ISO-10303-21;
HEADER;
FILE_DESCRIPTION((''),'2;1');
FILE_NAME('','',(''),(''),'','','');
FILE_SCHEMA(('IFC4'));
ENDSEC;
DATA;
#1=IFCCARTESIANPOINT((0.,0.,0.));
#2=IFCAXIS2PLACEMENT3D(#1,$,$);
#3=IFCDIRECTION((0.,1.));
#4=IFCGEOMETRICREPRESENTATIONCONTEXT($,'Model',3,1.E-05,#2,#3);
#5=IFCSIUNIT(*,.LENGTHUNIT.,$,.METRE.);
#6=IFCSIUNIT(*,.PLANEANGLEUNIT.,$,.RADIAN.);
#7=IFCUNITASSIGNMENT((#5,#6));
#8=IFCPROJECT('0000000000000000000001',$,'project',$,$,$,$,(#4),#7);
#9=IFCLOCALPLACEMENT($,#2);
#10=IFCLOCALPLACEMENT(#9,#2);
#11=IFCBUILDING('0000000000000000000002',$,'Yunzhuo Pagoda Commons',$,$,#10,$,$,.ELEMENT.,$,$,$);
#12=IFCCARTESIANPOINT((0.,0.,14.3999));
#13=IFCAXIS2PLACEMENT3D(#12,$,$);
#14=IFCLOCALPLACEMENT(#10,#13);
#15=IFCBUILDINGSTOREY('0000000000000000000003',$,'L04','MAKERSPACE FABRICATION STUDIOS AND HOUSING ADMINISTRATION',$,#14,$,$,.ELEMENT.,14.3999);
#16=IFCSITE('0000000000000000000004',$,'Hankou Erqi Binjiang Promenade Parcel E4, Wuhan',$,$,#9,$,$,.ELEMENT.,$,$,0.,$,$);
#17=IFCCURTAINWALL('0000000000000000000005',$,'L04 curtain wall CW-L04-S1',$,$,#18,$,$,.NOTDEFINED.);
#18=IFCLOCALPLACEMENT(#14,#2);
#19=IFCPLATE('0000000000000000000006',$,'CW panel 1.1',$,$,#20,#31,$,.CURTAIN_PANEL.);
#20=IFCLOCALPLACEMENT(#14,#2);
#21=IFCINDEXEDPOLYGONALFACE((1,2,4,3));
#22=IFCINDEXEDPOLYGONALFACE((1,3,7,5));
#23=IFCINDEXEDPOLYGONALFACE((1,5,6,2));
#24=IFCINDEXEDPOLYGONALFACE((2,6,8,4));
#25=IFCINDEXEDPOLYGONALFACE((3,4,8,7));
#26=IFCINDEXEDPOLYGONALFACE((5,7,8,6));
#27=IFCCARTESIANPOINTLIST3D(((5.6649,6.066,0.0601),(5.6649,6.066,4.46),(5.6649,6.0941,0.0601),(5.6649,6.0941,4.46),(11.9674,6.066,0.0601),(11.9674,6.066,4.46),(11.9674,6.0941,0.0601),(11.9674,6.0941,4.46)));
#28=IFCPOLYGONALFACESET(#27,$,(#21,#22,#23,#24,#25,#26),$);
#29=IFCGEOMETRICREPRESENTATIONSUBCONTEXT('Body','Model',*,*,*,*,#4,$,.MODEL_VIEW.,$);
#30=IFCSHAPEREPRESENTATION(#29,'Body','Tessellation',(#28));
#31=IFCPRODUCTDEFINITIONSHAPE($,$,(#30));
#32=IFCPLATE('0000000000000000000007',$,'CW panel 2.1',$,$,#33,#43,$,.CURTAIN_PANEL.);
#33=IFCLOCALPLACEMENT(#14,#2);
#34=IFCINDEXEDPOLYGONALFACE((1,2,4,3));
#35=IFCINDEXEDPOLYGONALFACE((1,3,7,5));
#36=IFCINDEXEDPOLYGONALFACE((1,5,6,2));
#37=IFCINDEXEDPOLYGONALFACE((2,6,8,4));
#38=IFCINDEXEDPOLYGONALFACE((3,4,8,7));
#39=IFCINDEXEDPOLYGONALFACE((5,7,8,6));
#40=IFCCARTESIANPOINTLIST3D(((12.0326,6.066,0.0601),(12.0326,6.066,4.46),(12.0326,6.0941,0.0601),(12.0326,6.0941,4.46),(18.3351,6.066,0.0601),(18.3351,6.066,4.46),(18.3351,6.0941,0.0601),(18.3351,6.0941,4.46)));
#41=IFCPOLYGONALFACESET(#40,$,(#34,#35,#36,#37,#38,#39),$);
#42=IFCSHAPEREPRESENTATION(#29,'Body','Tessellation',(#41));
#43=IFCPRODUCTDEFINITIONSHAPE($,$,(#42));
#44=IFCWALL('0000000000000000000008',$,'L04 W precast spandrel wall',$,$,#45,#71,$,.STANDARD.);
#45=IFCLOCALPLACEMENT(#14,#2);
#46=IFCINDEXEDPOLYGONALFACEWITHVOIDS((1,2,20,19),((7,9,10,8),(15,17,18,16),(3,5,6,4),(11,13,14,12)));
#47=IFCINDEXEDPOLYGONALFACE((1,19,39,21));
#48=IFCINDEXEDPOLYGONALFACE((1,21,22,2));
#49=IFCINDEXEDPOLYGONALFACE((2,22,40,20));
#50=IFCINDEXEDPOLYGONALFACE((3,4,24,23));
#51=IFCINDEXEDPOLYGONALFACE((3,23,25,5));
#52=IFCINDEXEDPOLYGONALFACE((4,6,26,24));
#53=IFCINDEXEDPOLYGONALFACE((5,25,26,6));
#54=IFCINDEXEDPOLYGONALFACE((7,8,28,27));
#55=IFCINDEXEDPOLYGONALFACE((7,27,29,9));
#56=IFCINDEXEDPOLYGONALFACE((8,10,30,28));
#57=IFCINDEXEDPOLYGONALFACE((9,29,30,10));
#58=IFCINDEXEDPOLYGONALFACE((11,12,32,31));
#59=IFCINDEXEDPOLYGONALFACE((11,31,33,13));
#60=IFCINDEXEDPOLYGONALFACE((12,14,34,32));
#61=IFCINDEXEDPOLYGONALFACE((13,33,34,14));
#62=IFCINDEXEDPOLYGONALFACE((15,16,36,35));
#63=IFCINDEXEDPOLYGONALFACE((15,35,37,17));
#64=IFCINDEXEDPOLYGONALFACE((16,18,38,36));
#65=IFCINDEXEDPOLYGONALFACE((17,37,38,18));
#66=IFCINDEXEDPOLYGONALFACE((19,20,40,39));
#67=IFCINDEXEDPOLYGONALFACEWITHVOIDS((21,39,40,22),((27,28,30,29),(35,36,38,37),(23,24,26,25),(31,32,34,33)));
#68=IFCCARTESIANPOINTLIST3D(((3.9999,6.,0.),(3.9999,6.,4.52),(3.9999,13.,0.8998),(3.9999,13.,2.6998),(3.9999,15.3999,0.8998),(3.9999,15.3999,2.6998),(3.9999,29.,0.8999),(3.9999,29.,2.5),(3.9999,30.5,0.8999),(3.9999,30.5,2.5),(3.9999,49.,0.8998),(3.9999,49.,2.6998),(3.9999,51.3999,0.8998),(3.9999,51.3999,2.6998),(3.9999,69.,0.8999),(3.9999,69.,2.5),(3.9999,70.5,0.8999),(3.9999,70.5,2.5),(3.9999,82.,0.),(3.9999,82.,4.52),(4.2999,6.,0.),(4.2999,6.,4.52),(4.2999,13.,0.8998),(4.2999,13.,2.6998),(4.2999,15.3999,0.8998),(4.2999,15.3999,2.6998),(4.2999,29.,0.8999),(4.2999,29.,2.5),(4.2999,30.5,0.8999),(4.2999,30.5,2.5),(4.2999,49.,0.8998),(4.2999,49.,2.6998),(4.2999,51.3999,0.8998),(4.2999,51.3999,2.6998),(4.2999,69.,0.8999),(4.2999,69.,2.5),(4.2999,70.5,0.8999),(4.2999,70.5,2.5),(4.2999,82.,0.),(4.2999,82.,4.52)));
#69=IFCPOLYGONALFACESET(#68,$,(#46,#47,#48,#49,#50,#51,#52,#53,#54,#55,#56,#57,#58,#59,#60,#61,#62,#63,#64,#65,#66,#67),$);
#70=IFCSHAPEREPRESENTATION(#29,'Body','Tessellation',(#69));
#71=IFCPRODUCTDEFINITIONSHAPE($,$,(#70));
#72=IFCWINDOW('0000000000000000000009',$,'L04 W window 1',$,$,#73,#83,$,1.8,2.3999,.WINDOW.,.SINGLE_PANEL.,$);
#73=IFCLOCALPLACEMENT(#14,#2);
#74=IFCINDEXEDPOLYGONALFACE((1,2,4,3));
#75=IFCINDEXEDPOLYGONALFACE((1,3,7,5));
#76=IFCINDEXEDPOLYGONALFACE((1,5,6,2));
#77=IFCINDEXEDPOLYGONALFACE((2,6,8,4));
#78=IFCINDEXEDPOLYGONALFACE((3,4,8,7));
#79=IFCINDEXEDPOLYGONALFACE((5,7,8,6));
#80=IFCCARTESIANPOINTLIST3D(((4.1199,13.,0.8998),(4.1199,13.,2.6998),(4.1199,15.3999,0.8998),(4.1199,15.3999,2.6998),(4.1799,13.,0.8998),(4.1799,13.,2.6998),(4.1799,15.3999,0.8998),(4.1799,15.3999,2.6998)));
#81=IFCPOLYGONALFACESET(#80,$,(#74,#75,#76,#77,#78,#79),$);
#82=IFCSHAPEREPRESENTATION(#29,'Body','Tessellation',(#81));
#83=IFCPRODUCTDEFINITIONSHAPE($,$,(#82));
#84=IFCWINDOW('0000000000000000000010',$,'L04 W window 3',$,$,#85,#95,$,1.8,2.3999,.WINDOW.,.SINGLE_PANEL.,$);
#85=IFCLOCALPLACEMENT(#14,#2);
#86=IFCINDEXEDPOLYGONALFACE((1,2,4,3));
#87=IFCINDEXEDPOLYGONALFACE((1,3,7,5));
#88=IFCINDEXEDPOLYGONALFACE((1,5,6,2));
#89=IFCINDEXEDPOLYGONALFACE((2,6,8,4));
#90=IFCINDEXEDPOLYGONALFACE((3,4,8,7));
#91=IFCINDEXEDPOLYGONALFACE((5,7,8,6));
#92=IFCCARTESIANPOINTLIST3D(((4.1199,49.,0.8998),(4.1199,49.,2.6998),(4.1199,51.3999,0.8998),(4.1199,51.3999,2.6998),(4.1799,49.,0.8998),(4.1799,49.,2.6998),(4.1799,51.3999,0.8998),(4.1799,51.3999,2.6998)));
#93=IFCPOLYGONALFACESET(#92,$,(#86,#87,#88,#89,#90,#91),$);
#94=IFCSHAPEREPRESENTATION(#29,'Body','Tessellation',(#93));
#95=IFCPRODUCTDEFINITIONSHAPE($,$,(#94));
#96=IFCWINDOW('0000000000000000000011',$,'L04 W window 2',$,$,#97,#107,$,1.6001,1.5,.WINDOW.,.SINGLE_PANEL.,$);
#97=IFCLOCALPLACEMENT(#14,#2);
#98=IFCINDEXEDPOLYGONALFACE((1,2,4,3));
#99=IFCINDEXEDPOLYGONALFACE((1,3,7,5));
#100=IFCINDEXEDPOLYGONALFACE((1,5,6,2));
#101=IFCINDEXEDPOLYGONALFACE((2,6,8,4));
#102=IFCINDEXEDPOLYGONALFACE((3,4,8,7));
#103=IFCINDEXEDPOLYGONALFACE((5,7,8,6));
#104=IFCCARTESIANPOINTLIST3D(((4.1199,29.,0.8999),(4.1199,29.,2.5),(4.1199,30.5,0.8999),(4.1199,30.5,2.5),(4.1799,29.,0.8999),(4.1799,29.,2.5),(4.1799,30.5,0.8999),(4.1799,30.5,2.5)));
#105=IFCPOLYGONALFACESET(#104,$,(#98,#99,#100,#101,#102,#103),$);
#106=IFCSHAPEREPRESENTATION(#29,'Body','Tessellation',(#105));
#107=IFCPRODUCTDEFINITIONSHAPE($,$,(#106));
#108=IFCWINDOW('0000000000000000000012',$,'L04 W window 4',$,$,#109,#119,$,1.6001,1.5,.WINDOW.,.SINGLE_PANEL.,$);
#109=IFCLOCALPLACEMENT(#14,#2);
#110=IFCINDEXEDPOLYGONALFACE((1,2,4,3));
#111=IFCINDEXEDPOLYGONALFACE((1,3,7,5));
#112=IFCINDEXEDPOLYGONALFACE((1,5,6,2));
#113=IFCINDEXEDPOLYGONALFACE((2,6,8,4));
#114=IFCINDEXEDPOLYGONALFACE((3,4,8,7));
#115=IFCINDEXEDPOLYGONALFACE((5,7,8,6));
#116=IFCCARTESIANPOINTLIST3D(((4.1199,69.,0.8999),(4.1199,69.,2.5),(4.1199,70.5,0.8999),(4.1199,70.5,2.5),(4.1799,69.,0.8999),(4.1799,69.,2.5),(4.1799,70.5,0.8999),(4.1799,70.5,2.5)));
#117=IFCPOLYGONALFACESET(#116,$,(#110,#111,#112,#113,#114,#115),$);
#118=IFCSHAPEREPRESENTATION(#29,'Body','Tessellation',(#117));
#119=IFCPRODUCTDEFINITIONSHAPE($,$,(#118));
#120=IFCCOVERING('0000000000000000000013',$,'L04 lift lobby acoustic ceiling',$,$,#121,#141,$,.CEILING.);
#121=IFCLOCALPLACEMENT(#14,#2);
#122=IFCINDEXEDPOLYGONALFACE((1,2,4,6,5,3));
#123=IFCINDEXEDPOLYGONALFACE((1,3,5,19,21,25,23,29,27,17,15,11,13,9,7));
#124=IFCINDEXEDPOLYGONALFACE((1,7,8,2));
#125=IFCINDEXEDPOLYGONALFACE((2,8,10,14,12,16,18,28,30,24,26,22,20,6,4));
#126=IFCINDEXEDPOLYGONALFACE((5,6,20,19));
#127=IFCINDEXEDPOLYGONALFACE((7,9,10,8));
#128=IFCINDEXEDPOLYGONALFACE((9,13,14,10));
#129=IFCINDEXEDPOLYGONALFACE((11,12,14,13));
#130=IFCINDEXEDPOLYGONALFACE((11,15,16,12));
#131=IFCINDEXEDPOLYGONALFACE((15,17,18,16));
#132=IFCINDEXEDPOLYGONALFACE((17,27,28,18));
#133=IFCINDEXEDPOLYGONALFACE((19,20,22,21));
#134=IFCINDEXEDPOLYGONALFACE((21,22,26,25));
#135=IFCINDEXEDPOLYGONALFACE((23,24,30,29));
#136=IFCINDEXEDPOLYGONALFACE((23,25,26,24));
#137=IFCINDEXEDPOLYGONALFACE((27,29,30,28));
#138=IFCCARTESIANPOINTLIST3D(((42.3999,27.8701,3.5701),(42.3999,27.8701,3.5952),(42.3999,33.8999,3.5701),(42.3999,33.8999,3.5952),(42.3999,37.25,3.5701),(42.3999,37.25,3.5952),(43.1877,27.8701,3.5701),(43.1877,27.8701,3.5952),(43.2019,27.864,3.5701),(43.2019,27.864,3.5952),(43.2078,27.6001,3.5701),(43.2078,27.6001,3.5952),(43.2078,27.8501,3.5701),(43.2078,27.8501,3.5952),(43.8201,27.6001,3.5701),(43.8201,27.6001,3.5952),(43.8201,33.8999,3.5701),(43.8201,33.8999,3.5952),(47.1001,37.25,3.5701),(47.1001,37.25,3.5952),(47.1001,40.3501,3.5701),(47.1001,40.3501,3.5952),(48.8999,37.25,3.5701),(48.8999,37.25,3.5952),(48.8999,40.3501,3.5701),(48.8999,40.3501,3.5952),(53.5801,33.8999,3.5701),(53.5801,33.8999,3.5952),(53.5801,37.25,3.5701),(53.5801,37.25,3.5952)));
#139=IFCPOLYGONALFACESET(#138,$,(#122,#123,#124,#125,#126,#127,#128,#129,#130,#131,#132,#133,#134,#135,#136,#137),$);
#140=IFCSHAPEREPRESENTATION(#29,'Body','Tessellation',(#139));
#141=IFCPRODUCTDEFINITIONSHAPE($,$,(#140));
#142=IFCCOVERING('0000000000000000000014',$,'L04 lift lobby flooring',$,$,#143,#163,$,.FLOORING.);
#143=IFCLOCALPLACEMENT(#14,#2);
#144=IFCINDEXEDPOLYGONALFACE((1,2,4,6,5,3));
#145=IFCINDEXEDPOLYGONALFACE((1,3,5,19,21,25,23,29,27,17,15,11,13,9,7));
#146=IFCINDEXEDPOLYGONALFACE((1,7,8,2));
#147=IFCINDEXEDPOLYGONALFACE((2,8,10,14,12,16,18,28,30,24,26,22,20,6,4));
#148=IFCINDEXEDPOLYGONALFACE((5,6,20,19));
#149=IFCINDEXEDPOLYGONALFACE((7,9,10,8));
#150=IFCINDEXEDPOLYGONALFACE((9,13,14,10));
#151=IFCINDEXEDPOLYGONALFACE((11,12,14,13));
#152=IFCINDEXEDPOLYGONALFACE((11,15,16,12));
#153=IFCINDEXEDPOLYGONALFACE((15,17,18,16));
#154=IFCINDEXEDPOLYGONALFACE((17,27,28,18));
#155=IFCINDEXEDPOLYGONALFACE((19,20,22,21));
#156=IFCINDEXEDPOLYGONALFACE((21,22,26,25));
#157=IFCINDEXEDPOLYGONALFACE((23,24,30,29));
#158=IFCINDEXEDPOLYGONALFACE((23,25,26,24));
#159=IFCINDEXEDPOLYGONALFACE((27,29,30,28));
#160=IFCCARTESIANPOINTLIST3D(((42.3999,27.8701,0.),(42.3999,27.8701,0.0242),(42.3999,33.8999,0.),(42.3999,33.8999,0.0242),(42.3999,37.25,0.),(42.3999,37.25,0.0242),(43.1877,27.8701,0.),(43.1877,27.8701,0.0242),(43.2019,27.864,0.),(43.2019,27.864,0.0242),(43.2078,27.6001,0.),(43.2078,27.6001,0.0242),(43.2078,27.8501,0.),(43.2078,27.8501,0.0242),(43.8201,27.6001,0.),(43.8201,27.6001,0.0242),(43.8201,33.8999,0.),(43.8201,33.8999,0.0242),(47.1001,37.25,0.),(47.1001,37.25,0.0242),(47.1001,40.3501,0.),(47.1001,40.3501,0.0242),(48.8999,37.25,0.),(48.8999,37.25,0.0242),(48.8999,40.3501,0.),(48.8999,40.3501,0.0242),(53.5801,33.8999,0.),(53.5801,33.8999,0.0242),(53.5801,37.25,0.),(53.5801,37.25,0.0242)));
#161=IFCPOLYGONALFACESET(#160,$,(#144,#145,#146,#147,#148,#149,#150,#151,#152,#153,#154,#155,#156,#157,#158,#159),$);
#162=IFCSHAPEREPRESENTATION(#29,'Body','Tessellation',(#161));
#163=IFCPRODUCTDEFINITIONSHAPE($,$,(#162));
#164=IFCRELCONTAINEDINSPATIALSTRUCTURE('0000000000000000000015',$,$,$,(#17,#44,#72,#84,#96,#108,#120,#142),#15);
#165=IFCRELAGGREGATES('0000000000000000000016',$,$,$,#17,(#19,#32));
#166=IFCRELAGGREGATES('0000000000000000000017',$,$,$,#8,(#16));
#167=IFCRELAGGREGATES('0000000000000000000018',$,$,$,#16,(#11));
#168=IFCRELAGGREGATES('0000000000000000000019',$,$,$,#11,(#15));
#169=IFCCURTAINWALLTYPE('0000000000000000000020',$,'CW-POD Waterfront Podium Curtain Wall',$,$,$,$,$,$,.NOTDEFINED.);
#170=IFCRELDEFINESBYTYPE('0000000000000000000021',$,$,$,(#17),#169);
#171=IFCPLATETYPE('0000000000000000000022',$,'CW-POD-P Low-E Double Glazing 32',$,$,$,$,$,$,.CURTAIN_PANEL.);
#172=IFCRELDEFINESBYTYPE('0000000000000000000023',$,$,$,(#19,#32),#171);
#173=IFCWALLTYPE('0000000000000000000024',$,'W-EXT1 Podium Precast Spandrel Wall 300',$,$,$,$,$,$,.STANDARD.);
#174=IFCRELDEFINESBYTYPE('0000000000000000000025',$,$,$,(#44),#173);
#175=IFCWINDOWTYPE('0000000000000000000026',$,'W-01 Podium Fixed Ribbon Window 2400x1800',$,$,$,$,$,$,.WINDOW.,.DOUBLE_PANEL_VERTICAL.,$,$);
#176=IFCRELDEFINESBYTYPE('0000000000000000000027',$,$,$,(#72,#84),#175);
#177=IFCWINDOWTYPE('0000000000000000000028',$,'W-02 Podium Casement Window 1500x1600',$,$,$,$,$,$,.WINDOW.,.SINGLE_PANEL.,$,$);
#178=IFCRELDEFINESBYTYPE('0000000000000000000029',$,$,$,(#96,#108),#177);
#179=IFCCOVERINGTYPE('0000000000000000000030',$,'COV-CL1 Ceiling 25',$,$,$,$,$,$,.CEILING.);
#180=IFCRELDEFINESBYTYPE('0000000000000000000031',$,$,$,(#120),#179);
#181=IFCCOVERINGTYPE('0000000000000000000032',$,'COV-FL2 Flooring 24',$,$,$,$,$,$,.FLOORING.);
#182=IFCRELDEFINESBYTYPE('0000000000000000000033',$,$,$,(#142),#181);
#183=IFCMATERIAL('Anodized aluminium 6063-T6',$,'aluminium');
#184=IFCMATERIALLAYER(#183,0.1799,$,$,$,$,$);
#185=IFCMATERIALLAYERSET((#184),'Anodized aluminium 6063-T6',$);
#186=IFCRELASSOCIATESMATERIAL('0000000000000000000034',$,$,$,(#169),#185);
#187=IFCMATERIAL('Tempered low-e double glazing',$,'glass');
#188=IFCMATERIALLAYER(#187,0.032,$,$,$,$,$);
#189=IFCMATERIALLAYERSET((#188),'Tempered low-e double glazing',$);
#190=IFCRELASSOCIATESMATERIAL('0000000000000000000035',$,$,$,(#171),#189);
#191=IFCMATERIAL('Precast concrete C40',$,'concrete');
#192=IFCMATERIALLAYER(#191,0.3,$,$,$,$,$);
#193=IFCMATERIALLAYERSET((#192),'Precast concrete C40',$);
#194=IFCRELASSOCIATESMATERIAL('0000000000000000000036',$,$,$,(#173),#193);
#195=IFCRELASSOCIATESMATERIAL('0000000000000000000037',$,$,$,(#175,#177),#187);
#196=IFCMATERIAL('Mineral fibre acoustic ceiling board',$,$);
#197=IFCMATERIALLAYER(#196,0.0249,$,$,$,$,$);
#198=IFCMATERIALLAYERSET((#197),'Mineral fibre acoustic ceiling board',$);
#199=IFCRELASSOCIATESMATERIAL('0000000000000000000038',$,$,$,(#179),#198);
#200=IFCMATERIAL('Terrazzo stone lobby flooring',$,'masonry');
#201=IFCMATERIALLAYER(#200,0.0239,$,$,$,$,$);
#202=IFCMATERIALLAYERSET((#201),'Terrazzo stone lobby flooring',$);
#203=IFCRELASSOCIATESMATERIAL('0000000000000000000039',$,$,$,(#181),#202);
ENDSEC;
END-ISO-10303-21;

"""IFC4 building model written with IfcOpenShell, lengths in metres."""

from ifc_helpers import new_model, si_unit, direction, frame, frame_2d, origin, origin_with_axes, origin_2d, place, context, subcontext, project, spatial, polyline, rectangle, outline, extrude, source, transform, mapped, material, layer, layer_set, type_object, element, fill, aggregate, save


model = new_model("IFC4")

# Units and contexts
model_context = context("Model", 3, precision=1e-05, world=origin(), true_north=direction((0.0, 1.0)))
body_context = subcontext(model_context, "Body", "Model", "MODEL_VIEW")
ifc_project = project(units=[si_unit("LENGTHUNIT", "METRE"), si_unit("PLANEANGLEUNIT", "RADIAN")], contexts=[model_context])

# Site, building, storey
site_placement = place(None, origin())
site = spatial("IfcSite", under=ifc_project, at=site_placement, Name="Hankou Erqi Binjiang Promenade Parcel E4, Wuhan", CompositionType="ELEMENT", RefElevation=0.0)
building_placement = place(site_placement, origin())
building = spatial("IfcBuilding", under=site, at=building_placement, Name="Yunzhuo Pagoda Commons", CompositionType="ELEMENT")
storey_placement = place(building_placement, frame((0.0, 0.0, 14.3999)))
storey = spatial("IfcBuildingStorey", under=building, at=storey_placement, Name="L04", Description="MAKERSPACE FABRICATION STUDIOS AND HOUSING ADMINISTRATION", CompositionType="ELEMENT", Elevation=14.3999)

# Curtain wall
ifc_material_1 = material(Name="Anodized aluminium 6063-T6", Category="aluminium")
ifc_layer_1 = layer(ifc_material_1, 0.1799)
ifc_layer_set_1 = layer_set([ifc_layer_1], Name="Anodized aluminium 6063-T6")
curtain_wall_type = type_object("IfcCurtainWallType", Name="CW-POD Waterfront Podium Curtain Wall", PredefinedType="NOTDEFINED", material=ifc_layer_set_1)
curtain_wall_placement = place(storey_placement, origin())
curtain_wall = element("IfcCurtainWall", 1, at=curtain_wall_placement, inside=storey, type_object=curtain_wall_type, Name="L04 curtain wall CW-L04-S1", PredefinedType="NOTDEFINED")

# Plates
ifc_material_2 = material(Name="Tempered low-e double glazing", Category="glass")
ifc_layer_2 = layer(ifc_material_2, 0.032)
ifc_layer_set_2 = layer_set([ifc_layer_2], Name="Tempered low-e double glazing")
plate_type = type_object("IfcPlateType", Name="CW-POD-P Low-E Double Glazing 32", PredefinedType="CURTAIN_PANEL", material=ifc_layer_set_2)
shared_shape_1 = source(origin(), body_context, "Body", "SweptSolid", [
    extrude(rectangle(XDim=6.3025, YDim=0.0281, at=origin_2d()), origin(), (0.0, 0.0, 1.0), 4.3999),
])
plate_1_placement = place(storey_placement, frame((8.8162, 6.0801, 0.0601), z_axis=(0.0, 0.0, 1.0), x_axis=(1.0, 0.0, 0.0)))
plate_1 = element("IfcPlate", 2, at=plate_1_placement, type_object=plate_type, Name="CW panel 1.1", PredefinedType="CURTAIN_PANEL", context=body_context, shape_type="MappedRepresentation", body=[
    mapped(shared_shape_1, transform((0.0, 0.0, 0.0), scale=1.0)),
])
plate_2_placement = place(storey_placement, frame((15.1838, 6.0801, 0.0601), z_axis=(0.0, 0.0, 1.0), x_axis=(1.0, 0.0, 0.0)))
plate_2 = element("IfcPlate", 3, at=plate_2_placement, type_object=plate_type, Name="CW panel 2.1", PredefinedType="CURTAIN_PANEL", context=body_context, shape_type="MappedRepresentation", body=[
    mapped(shared_shape_1, transform((0.0, 0.0, 0.0), scale=1.0)),
])
aggregate(curtain_wall, [plate_1, plate_2])

# Wall, openings, windows
ifc_material_3 = material(Name="Precast concrete C40", Category="concrete")
ifc_layer_3 = layer(ifc_material_3, 0.3)
ifc_layer_set_3 = layer_set([ifc_layer_3], Name="Precast concrete C40")
wall_type = type_object("IfcWallType", Name="W-EXT1 Podium Precast Spandrel Wall 300", PredefinedType="STANDARD", material=ifc_layer_set_3)
wall_placement = place(storey_placement, frame((4.1499, 6.0, 0.0), z_axis=(0.0, 0.0, 1.0), x_axis=(0.0, 1.0, 0.0)))
wall = element("IfcWall", 4, at=wall_placement, inside=storey, type_object=wall_type, Name="L04 W precast spandrel wall", PredefinedType="STANDARD", context=body_context, shape_type="SweptSolid", body=[
    extrude(rectangle(XDim=76.0, YDim=0.3, at=frame_2d((38.0, 0.0))), origin(), (0.0, 0.0, 1.0), 4.52),
])
opening_1_placement = place(wall_placement, frame((7.0, 0.0, 0.8999)))
opening_1 = element("IfcOpeningElement", 5, at=opening_1_placement, cuts=wall, PredefinedType="OPENING", context=body_context, shape_type="SweptSolid", body=[
    extrude(rectangle(XDim=2.3999, YDim=1.8, at=frame_2d((1.2, 0.8999))), frame((0.0, 0.1602, 0.0), z_axis=(0.0, -1.0, 0.0), x_axis=(1.0, 0.0, 0.0)), (0.0, 0.0, 1.0), 0.3201),
])
opening_2_placement = place(wall_placement, frame((23.0, 0.0, 0.8999)))
opening_2 = element("IfcOpeningElement", 6, at=opening_2_placement, cuts=wall, PredefinedType="OPENING", context=body_context, shape_type="SweptSolid", body=[
    extrude(rectangle(XDim=1.5, YDim=1.6001, at=frame_2d((0.75, 0.8))), frame((0.0, 0.1602, 0.0), z_axis=(0.0, -1.0, 0.0), x_axis=(1.0, 0.0, 0.0)), (0.0, 0.0, 1.0), 0.3201),
])
opening_3_placement = place(wall_placement, frame((43.0, 0.0, 0.8999)))
opening_3 = element("IfcOpeningElement", 7, at=opening_3_placement, cuts=wall, PredefinedType="OPENING", context=body_context, shape_type="SweptSolid", body=[
    extrude(rectangle(XDim=2.3999, YDim=1.8, at=frame_2d((1.2, 0.8999))), frame((0.0, 0.1602, 0.0), z_axis=(0.0, -1.0, 0.0), x_axis=(1.0, 0.0, 0.0)), (0.0, 0.0, 1.0), 0.3201),
])
opening_4_placement = place(wall_placement, frame((63.0, 0.0, 0.8999)))
opening_4 = element("IfcOpeningElement", 8, at=opening_4_placement, cuts=wall, PredefinedType="OPENING", context=body_context, shape_type="SweptSolid", body=[
    extrude(rectangle(XDim=1.5, YDim=1.6001, at=frame_2d((0.75, 0.8))), frame((0.0, 0.1602, 0.0), z_axis=(0.0, -1.0, 0.0), x_axis=(1.0, 0.0, 0.0)), (0.0, 0.0, 1.0), 0.3201),
])
window_type_1 = type_object("IfcWindowType", Name="W-01 Podium Fixed Ribbon Window 2400x1800", PartitioningType="DOUBLE_PANEL_VERTICAL", PredefinedType="WINDOW", material=ifc_material_2)
shared_shape_2 = source(origin(), body_context, "Body", "SweptSolid", [
    extrude(rectangle(XDim=2.3999, YDim=1.8, at=frame_2d((1.2, 0.8999))), frame((0.0, 0.03, 0.0), z_axis=(0.0, -1.0, 0.0), x_axis=(1.0, 0.0, 0.0)), (0.0, 0.0, 1.0), 0.0601),
])
window_1_placement = place(opening_1_placement, origin_with_axes())
window_1 = element("IfcWindow", 9, at=window_1_placement, inside=storey, type_object=window_type_1, Name="L04 W window 1", OverallHeight=1.8, OverallWidth=2.3999, PartitioningType="SINGLE_PANEL", PredefinedType="WINDOW", context=body_context, shape_type="MappedRepresentation", body=[
    mapped(shared_shape_2, transform((0.0, 0.0, 0.0), scale=1.0)),
])
fill(opening_1, window_1)
window_2_placement = place(opening_3_placement, origin_with_axes())
window_2 = element("IfcWindow", 10, at=window_2_placement, inside=storey, type_object=window_type_1, Name="L04 W window 3", OverallHeight=1.8, OverallWidth=2.3999, PartitioningType="SINGLE_PANEL", PredefinedType="WINDOW", context=body_context, shape_type="MappedRepresentation", body=[
    mapped(shared_shape_2, transform((0.0, 0.0, 0.0), scale=1.0)),
])
fill(opening_3, window_2)
window_type_2 = type_object("IfcWindowType", Name="W-02 Podium Casement Window 1500x1600", PartitioningType="SINGLE_PANEL", PredefinedType="WINDOW", material=ifc_material_2)
shared_shape_3 = source(origin(), body_context, "Body", "SweptSolid", [
    extrude(rectangle(XDim=1.5, YDim=1.6001, at=frame_2d((0.75, 0.8))), frame((0.0, 0.03, 0.0), z_axis=(0.0, -1.0, 0.0), x_axis=(1.0, 0.0, 0.0)), (0.0, 0.0, 1.0), 0.0601),
])
window_3_placement = place(opening_2_placement, origin_with_axes())
window_3 = element("IfcWindow", 11, at=window_3_placement, inside=storey, type_object=window_type_2, Name="L04 W window 2", OverallHeight=1.6001, OverallWidth=1.5, PartitioningType="SINGLE_PANEL", PredefinedType="WINDOW", context=body_context, shape_type="MappedRepresentation", body=[
    mapped(shared_shape_3, transform((0.0, 0.0, 0.0), scale=1.0)),
])
fill(opening_2, window_3)
window_4_placement = place(opening_4_placement, origin_with_axes())
window_4 = element("IfcWindow", 12, at=window_4_placement, inside=storey, type_object=window_type_2, Name="L04 W window 4", OverallHeight=1.6001, OverallWidth=1.5, PartitioningType="SINGLE_PANEL", PredefinedType="WINDOW", context=body_context, shape_type="MappedRepresentation", body=[
    mapped(shared_shape_3, transform((0.0, 0.0, 0.0), scale=1.0)),
])
fill(opening_4, window_4)

# Coverings
ifc_material_4 = material(Name="Mineral fibre acoustic ceiling board")
ifc_layer_4 = layer(ifc_material_4, 0.0249)
ifc_layer_set_4 = layer_set([ifc_layer_4], Name="Mineral fibre acoustic ceiling board")
covering_type_1 = type_object("IfcCoveringType", Name="COV-CL1 Ceiling 25", PredefinedType="CEILING", material=ifc_layer_set_4)
covering_1_placement = place(storey_placement, frame((0.0, 0.0, 3.5701)))
element("IfcCovering", 13, at=covering_1_placement, inside=storey, type_object=covering_type_1, Name="L04 lift lobby acoustic ceiling", PredefinedType="CEILING", context=body_context, shape_type="SweptSolid", body=[
    extrude(outline(polyline([(43.2078, 27.8501), (43.2019, 27.864), (43.1877, 27.8701), (42.3999, 27.8701), (42.3999, 33.8999), (42.3999, 37.25), (47.1001, 37.25), (47.1001, 40.3501), (48.8999, 40.3501), (48.8999, 37.25), (53.5801, 37.25), (53.5801, 33.8999), (43.8201, 33.8999), (43.8201, 27.6001), (43.2078, 27.6001), (43.2078, 27.8501)])), origin(), (0.0, 0.0, 1.0), 0.0251),
])
ifc_material_5 = material(Name="Terrazzo stone lobby flooring", Category="masonry")
ifc_layer_5 = layer(ifc_material_5, 0.0239)
ifc_layer_set_5 = layer_set([ifc_layer_5], Name="Terrazzo stone lobby flooring")
covering_type_2 = type_object("IfcCoveringType", Name="COV-FL2 Flooring 24", PredefinedType="FLOORING", material=ifc_layer_set_5)
covering_2_placement = place(storey_placement, origin())
element("IfcCovering", 14, at=covering_2_placement, inside=storey, type_object=covering_type_2, Name="L04 lift lobby flooring", PredefinedType="FLOORING", context=body_context, shape_type="SweptSolid", body=[
    extrude(outline(polyline([(43.2078, 27.8501), (43.2019, 27.864), (43.1877, 27.8701), (42.3999, 27.8701), (42.3999, 33.8999), (42.3999, 37.25), (47.1001, 37.25), (47.1001, 40.3501), (48.8999, 40.3501), (48.8999, 37.25), (53.5801, 37.25), (53.5801, 33.8999), (43.8201, 33.8999), (43.8201, 27.6001), (43.2078, 27.6001), (43.2078, 27.8501)])), origin(), (0.0, 0.0, 1.0), 0.0242),
])

save(model, "model.ifc")
